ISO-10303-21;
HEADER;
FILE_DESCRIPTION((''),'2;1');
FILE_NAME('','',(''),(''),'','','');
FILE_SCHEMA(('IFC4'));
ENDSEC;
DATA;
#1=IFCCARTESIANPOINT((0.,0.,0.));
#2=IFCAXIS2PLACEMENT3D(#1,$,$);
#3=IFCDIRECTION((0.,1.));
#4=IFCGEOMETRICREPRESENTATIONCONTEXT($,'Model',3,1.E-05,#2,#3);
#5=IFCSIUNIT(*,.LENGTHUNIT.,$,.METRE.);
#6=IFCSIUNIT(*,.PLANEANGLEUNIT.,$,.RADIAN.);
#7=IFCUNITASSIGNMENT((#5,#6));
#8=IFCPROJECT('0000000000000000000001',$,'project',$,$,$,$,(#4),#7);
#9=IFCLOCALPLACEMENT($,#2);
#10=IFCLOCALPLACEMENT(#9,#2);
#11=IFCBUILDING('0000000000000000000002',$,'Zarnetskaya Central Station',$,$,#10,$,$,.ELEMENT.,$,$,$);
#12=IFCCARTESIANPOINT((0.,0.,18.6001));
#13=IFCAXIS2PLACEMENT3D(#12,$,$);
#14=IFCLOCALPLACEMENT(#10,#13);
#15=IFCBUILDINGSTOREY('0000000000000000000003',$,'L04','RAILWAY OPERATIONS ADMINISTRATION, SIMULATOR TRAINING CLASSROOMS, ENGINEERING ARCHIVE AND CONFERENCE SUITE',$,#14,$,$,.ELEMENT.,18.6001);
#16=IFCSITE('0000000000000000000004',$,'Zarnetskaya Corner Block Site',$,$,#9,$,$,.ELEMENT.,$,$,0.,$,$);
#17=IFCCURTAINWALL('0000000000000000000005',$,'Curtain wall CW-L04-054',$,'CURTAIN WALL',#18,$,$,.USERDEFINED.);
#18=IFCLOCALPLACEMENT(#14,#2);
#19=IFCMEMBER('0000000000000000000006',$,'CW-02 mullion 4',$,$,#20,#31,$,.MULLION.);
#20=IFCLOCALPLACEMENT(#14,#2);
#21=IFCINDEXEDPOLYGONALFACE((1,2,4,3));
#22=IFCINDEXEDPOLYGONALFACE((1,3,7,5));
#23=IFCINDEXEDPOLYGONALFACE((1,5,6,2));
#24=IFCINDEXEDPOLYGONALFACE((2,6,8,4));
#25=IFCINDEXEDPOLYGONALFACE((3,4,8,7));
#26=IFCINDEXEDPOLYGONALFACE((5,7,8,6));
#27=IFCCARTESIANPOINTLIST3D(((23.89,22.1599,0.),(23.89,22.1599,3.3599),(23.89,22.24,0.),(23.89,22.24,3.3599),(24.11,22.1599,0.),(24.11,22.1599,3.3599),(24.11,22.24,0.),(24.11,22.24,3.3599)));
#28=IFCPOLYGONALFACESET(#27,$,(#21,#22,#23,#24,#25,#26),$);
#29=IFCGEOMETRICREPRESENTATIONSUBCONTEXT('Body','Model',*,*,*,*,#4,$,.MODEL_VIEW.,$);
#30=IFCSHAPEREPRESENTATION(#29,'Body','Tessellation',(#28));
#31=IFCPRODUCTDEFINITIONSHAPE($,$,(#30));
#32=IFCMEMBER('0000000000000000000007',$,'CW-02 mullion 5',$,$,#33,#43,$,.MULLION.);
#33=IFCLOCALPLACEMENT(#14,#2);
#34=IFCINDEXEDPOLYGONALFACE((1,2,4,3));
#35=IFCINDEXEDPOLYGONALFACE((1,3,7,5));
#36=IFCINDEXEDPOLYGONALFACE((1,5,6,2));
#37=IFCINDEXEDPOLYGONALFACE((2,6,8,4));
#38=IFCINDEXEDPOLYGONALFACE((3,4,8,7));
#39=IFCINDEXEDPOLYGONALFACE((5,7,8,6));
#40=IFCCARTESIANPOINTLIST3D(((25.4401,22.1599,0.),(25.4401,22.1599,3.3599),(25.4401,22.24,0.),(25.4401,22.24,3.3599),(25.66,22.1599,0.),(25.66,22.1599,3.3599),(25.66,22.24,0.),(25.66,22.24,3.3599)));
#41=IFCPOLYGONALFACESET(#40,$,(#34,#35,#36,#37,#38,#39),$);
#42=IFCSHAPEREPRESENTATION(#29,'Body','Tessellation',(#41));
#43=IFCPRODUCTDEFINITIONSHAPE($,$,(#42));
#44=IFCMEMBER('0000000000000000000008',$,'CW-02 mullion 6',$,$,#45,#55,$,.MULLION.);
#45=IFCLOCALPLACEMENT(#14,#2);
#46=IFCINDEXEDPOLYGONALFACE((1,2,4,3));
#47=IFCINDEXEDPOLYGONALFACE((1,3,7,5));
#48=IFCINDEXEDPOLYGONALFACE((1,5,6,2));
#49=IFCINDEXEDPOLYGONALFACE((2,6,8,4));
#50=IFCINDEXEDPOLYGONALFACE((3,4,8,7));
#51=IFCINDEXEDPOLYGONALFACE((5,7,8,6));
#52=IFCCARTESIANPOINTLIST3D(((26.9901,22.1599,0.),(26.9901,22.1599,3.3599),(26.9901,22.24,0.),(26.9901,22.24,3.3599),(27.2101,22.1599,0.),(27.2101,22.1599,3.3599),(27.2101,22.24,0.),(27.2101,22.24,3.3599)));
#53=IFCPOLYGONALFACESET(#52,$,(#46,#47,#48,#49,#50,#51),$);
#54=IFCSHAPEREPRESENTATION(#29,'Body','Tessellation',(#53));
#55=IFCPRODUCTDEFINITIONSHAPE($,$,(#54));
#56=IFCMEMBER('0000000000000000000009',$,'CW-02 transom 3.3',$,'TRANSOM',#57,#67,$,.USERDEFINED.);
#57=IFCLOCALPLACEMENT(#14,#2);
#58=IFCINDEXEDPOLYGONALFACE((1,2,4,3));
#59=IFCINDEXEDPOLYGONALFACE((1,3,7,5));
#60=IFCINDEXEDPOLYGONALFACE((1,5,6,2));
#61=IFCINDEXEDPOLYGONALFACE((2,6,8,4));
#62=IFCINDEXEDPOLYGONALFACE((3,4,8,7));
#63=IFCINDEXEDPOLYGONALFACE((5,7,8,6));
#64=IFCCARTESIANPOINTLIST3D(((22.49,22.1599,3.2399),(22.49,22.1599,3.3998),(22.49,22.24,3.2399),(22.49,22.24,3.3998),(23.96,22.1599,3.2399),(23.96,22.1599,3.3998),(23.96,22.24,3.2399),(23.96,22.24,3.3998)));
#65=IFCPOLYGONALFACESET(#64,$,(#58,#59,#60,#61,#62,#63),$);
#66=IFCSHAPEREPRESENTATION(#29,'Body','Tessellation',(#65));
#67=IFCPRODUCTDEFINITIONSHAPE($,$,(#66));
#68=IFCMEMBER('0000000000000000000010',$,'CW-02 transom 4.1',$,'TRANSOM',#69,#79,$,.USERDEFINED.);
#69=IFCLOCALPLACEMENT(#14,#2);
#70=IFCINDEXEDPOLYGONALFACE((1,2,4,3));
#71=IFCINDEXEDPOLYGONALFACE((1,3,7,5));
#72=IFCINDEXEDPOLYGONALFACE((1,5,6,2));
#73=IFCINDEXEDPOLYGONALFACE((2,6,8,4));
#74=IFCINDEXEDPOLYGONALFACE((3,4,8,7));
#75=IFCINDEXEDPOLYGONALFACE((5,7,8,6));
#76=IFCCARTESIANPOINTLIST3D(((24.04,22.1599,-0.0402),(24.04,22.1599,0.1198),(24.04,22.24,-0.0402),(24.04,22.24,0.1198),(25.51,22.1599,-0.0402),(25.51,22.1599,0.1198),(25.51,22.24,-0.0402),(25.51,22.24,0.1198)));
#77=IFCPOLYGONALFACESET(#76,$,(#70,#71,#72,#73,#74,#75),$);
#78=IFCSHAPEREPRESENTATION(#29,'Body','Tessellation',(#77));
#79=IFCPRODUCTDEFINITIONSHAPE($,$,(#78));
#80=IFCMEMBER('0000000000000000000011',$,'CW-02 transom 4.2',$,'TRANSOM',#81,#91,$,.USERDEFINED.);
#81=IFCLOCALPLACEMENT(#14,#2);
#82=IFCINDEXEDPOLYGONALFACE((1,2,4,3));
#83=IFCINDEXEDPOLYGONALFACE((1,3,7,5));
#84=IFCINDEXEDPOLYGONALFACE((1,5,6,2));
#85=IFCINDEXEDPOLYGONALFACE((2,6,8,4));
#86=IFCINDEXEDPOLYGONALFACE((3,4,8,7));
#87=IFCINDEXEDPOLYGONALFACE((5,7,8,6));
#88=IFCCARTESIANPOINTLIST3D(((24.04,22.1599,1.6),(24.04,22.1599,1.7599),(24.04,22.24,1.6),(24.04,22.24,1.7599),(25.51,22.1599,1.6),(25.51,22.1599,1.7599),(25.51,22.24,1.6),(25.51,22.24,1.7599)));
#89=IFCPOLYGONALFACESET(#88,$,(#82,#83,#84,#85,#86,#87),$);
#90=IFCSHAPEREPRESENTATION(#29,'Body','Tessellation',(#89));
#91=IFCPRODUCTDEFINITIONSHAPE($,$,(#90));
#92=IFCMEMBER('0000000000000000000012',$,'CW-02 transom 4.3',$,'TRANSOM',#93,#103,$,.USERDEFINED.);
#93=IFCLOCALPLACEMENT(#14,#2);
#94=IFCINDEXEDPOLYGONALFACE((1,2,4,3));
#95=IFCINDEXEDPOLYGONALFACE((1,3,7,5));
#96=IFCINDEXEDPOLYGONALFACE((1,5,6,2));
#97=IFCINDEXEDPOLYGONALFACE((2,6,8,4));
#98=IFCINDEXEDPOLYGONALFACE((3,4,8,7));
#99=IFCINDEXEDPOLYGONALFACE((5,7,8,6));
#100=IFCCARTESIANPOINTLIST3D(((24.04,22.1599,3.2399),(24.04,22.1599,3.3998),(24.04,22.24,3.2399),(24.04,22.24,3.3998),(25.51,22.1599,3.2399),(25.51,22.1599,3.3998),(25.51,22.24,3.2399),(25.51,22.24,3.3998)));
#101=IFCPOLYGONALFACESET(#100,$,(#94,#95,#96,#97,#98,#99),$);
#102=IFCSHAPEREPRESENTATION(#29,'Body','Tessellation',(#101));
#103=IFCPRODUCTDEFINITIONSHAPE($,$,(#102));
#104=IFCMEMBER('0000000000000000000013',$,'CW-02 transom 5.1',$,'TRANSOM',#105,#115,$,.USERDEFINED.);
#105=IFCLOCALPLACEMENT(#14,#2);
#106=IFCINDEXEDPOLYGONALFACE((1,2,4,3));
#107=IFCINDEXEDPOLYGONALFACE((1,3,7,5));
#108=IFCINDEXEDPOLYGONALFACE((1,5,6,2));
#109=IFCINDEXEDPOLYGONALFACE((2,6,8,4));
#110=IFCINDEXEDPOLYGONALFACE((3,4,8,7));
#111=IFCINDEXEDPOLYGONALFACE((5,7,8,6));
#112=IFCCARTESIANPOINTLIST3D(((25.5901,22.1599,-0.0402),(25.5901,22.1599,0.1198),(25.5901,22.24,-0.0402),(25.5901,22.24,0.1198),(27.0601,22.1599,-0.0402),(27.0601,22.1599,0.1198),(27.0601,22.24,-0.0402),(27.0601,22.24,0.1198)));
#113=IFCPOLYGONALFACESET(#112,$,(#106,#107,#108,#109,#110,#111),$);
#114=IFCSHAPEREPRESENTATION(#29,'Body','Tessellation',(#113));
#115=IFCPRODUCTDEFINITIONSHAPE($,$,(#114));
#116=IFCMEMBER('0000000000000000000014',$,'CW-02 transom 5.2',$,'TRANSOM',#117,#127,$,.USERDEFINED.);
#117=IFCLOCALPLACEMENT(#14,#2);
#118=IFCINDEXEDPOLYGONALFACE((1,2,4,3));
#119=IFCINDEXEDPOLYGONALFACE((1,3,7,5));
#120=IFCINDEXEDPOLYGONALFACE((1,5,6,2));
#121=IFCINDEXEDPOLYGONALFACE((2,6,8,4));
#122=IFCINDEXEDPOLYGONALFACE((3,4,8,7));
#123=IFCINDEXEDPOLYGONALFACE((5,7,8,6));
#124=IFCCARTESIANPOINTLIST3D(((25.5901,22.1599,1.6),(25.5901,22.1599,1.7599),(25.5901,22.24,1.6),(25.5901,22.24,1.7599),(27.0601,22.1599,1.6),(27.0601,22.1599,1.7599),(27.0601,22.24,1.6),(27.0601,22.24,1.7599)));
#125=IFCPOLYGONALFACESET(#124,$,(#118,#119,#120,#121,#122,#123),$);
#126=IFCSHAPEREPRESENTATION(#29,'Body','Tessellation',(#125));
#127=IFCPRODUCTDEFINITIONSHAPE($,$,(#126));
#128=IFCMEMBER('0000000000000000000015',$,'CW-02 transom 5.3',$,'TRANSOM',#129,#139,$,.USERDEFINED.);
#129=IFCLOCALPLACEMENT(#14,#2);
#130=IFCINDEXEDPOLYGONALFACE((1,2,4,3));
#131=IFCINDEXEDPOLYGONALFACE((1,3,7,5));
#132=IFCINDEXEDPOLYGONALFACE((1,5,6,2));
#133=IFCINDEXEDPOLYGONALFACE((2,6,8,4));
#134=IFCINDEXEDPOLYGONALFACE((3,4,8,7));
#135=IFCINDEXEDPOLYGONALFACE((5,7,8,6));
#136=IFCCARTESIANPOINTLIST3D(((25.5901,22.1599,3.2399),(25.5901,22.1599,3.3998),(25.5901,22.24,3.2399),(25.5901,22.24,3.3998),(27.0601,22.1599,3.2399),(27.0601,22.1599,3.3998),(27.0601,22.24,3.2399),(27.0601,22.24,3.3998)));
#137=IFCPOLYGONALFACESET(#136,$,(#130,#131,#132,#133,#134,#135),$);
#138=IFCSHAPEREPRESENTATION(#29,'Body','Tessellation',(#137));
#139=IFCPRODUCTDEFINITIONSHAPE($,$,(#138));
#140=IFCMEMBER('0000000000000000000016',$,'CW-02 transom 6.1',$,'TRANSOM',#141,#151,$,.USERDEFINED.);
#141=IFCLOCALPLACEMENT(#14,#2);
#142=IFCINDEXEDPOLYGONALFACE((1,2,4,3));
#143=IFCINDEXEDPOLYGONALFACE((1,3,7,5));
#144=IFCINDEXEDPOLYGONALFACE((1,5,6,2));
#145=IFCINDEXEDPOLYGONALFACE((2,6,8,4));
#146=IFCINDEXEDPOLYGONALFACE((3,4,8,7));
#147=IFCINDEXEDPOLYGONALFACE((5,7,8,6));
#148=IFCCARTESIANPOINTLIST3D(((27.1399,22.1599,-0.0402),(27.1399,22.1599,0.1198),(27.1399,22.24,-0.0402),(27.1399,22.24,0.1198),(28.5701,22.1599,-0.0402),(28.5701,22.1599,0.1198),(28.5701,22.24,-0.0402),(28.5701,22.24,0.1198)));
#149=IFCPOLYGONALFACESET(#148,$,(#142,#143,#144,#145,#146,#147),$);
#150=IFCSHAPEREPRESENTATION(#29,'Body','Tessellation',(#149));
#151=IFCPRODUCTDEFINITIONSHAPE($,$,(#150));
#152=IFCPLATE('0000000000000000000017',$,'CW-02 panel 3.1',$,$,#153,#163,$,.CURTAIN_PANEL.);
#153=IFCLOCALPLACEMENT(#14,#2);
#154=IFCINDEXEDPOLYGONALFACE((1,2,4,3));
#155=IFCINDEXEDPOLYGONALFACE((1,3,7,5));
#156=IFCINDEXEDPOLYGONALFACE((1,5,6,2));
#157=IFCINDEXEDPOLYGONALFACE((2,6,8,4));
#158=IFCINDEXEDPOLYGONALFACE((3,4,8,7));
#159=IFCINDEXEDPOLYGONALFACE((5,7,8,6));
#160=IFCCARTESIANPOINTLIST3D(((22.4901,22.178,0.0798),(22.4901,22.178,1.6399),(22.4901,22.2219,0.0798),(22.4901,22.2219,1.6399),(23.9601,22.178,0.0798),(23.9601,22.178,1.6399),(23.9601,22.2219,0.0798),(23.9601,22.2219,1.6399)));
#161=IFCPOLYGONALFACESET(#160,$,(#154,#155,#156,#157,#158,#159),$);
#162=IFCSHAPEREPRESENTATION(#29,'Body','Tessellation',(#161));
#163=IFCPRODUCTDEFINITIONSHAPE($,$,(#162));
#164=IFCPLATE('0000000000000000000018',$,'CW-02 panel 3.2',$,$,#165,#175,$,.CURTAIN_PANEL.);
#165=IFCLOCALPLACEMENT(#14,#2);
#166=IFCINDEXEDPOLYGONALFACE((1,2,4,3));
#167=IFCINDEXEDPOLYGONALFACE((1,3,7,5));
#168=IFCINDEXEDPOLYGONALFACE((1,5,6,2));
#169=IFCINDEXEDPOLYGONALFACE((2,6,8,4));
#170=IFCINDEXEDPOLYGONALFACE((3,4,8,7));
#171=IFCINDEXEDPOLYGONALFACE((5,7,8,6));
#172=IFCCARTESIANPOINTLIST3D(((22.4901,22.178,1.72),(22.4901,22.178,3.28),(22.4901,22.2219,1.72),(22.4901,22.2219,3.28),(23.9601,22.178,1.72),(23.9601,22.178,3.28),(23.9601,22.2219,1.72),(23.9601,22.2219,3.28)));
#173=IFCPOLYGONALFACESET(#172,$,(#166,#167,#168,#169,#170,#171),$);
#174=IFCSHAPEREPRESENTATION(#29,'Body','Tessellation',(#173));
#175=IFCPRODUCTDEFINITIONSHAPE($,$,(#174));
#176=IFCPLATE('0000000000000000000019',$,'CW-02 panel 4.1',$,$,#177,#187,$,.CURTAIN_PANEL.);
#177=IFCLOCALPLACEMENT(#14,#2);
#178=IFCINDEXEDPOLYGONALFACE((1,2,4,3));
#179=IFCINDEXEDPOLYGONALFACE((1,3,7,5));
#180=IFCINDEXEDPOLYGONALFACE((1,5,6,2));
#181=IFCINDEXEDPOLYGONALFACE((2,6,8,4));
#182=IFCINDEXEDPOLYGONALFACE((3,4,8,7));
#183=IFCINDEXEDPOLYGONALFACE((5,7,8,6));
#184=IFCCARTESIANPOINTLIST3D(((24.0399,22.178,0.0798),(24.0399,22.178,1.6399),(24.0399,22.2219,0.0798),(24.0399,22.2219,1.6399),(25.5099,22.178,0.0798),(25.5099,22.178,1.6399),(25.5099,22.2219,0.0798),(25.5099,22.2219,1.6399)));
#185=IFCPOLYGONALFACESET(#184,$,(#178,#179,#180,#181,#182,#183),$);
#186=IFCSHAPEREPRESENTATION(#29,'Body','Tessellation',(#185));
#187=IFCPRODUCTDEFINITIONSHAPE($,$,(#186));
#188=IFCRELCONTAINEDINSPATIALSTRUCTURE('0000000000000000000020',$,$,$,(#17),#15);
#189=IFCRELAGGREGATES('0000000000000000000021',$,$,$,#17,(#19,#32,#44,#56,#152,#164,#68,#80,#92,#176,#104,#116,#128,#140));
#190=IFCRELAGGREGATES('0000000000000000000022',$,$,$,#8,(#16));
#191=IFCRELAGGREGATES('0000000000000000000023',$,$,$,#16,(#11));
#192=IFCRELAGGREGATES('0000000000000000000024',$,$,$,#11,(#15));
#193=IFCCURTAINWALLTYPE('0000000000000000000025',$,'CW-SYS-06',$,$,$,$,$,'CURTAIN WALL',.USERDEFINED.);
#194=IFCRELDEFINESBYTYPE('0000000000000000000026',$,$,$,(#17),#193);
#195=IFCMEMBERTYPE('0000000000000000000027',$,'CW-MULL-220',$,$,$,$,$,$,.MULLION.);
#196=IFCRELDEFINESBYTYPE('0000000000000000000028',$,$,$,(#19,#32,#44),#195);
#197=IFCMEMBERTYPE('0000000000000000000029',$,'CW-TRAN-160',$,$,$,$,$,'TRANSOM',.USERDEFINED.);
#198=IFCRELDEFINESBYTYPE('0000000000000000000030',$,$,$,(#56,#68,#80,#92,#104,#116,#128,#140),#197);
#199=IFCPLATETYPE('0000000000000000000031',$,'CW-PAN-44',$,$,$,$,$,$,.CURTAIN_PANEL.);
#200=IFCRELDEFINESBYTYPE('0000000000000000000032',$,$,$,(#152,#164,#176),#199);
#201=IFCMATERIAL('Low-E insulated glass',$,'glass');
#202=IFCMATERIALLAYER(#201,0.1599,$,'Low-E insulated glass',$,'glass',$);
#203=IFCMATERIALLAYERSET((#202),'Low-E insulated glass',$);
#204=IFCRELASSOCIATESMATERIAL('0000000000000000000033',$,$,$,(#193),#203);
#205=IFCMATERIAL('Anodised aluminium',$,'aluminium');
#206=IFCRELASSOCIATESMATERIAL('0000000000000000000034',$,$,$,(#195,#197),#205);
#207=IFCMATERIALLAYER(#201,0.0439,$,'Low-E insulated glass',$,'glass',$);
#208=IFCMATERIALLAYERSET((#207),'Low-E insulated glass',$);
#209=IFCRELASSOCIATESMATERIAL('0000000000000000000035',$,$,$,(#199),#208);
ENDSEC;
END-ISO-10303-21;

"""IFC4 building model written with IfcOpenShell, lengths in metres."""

from ifc_helpers import new_model, si_unit, direction, frame, origin, origin_2d, place, context, subcontext, project, spatial, rectangle, extrude, material, layer, layer_set, material_profile, profile_set, type_object, element, aggregate, save


model = new_model("IFC4")

# Units and contexts
model_context = context("Model", 3, precision=1e-05, world=origin(), true_north=direction((0.0, 1.0)))
body_context = subcontext(model_context, "Body", "Model", "MODEL_VIEW")
ifc_project = project(units=[si_unit("LENGTHUNIT", "METRE"), si_unit("PLANEANGLEUNIT", "RADIAN")], contexts=[model_context])

# Site, building, storey
site_placement = place(None, origin())
site = spatial("IfcSite", under=ifc_project, at=site_placement, Name="Zarnetskaya Corner Block Site", CompositionType="ELEMENT", RefElevation=0.0)
building_placement = place(site_placement, origin())
building = spatial("IfcBuilding", under=site, at=building_placement, Name="Zarnetskaya Central Station", CompositionType="ELEMENT")
storey_placement = place(building_placement, frame((0.0, 0.0, 18.6001)))
storey = spatial("IfcBuildingStorey", under=building, at=storey_placement, Name="L04", Description="RAILWAY OPERATIONS ADMINISTRATION, SIMULATOR TRAINING CLASSROOMS, ENGINEERING ARCHIVE AND CONFERENCE SUITE", CompositionType="ELEMENT", Elevation=18.6001)

# Curtain wall, members, plates
ifc_material_1 = material(Name="Low-E insulated glass", Category="glass")
ifc_layer_1 = layer(ifc_material_1, 0.1599, Name="Low-E insulated glass", Category="glass")
ifc_layer_set_1 = layer_set([ifc_layer_1], Name="Low-E insulated glass")
curtain_wall_type = type_object("IfcCurtainWallType", Name="CW-SYS-06", ElementType="CURTAIN WALL", PredefinedType="USERDEFINED", material=ifc_layer_set_1)
curtain_wall_placement = place(storey_placement, origin())
curtain_wall = element("IfcCurtainWall", 1, at=curtain_wall_placement, inside=storey, type_object=curtain_wall_type, Name="Curtain wall CW-L04-054", ObjectType="CURTAIN WALL", PredefinedType="USERDEFINED")
ifc_material_2 = material(Name="Anodised aluminium", Category="aluminium")
ifc_material_profile_1 = material_profile(ifc_material_2, rectangle(XDim=0.0801, YDim=0.22, at=origin_2d()), Name="ALU MULL 80x220")
ifc_profile_set_1 = profile_set([ifc_material_profile_1], Name="Anodised aluminium")
member_type_1 = type_object("IfcMemberType", Name="CW-MULL-220", PredefinedType="MULLION", material=ifc_profile_set_1)
member_1_placement = place(storey_placement, frame((24.0, 22.2, 0.0), z_axis=(0.0, 0.0, 1.0), x_axis=(0.0, 1.0, 0.0)))
member_1 = element("IfcMember", 2, at=member_1_placement, type_object=member_type_1, Name="CW-02 mullion 4", PredefinedType="MULLION", context=body_context, shape_type="SweptSolid", body=[
    extrude(rectangle(XDim=0.0801, YDim=0.22, at=origin_2d()), origin(), (0.0, 0.0, 1.0), 3.3599),
])
member_2_placement = place(storey_placement, frame((25.55, 22.2, 0.0), z_axis=(0.0, 0.0, 1.0), x_axis=(0.0, 1.0, 0.0)))
member_2 = element("IfcMember", 3, at=member_2_placement, type_object=member_type_1, Name="CW-02 mullion 5", PredefinedType="MULLION", context=body_context, shape_type="SweptSolid", body=[
    extrude(rectangle(XDim=0.0801, YDim=0.22, at=origin_2d()), origin(), (0.0, 0.0, 1.0), 3.3599),
])
member_3_placement = place(storey_placement, frame((27.1001, 22.2, 0.0), z_axis=(0.0, 0.0, 1.0), x_axis=(0.0, 1.0, 0.0)))
member_3 = element("IfcMember", 4, at=member_3_placement, type_object=member_type_1, Name="CW-02 mullion 6", PredefinedType="MULLION", context=body_context, shape_type="SweptSolid", body=[
    extrude(rectangle(XDim=0.0801, YDim=0.22, at=origin_2d()), origin(), (0.0, 0.0, 1.0), 3.3599),
])
ifc_material_profile_2 = material_profile(ifc_material_2, rectangle(XDim=0.0801, YDim=0.1599, at=origin_2d()), Name="ALU TRAN 80x160")
ifc_profile_set_2 = profile_set([ifc_material_profile_2], Name="Anodised aluminium")
member_type_2 = type_object("IfcMemberType", Name="CW-TRAN-160", ElementType="TRANSOM", PredefinedType="USERDEFINED", material=ifc_profile_set_2)
member_4_placement = place(storey_placement, frame((22.49, 22.2, 3.3198), z_axis=(1.0, 0.0, 0.0), x_axis=(0.0, 1.0, 0.0)))
member_4 = element("IfcMember", 5, at=member_4_placement, type_object=member_type_2, Name="CW-02 transom 3.3", ObjectType="TRANSOM", PredefinedType="USERDEFINED", context=body_context, shape_type="SweptSolid", body=[
    extrude(rectangle(XDim=0.0801, YDim=0.1599, at=origin_2d()), origin(), (0.0, 0.0, 1.0), 1.47),
])
member_5_placement = place(storey_placement, frame((24.04, 22.2, 0.0398), z_axis=(1.0, 0.0, 0.0), x_axis=(0.0, 1.0, 0.0)))
member_5 = element("IfcMember", 6, at=member_5_placement, type_object=member_type_2, Name="CW-02 transom 4.1", ObjectType="TRANSOM", PredefinedType="USERDEFINED", context=body_context, shape_type="SweptSolid", body=[
    extrude(rectangle(XDim=0.0801, YDim=0.1599, at=origin_2d()), origin(), (0.0, 0.0, 1.0), 1.47),
])
member_6_placement = place(storey_placement, frame((24.04, 22.2, 1.6799), z_axis=(1.0, 0.0, 0.0), x_axis=(0.0, 1.0, 0.0)))
member_6 = element("IfcMember", 7, at=member_6_placement, type_object=member_type_2, Name="CW-02 transom 4.2", ObjectType="TRANSOM", PredefinedType="USERDEFINED", context=body_context, shape_type="SweptSolid", body=[
    extrude(rectangle(XDim=0.0801, YDim=0.1599, at=origin_2d()), origin(), (0.0, 0.0, 1.0), 1.47),
])
member_7_placement = place(storey_placement, frame((24.04, 22.2, 3.3198), z_axis=(1.0, 0.0, 0.0), x_axis=(0.0, 1.0, 0.0)))
member_7 = element("IfcMember", 8, at=member_7_placement, type_object=member_type_2, Name="CW-02 transom 4.3", ObjectType="TRANSOM", PredefinedType="USERDEFINED", context=body_context, shape_type="SweptSolid", body=[
    extrude(rectangle(XDim=0.0801, YDim=0.1599, at=origin_2d()), origin(), (0.0, 0.0, 1.0), 1.47),
])
member_8_placement = place(storey_placement, frame((25.5901, 22.2, 0.0398), z_axis=(1.0, 0.0, 0.0), x_axis=(0.0, 1.0, 0.0)))
member_8 = element("IfcMember", 9, at=member_8_placement, type_object=member_type_2, Name="CW-02 transom 5.1", ObjectType="TRANSOM", PredefinedType="USERDEFINED", context=body_context, shape_type="SweptSolid", body=[
    extrude(rectangle(XDim=0.0801, YDim=0.1599, at=origin_2d()), origin(), (0.0, 0.0, 1.0), 1.47),
])
member_9_placement = place(storey_placement, frame((25.5901, 22.2, 1.6799), z_axis=(1.0, 0.0, 0.0), x_axis=(0.0, 1.0, 0.0)))
member_9 = element("IfcMember", 10, at=member_9_placement, type_object=member_type_2, Name="CW-02 transom 5.2", ObjectType="TRANSOM", PredefinedType="USERDEFINED", context=body_context, shape_type="SweptSolid", body=[
    extrude(rectangle(XDim=0.0801, YDim=0.1599, at=origin_2d()), origin(), (0.0, 0.0, 1.0), 1.47),
])
member_10_placement = place(storey_placement, frame((25.5901, 22.2, 3.3198), z_axis=(1.0, 0.0, 0.0), x_axis=(0.0, 1.0, 0.0)))
member_10 = element("IfcMember", 11, at=member_10_placement, type_object=member_type_2, Name="CW-02 transom 5.3", ObjectType="TRANSOM", PredefinedType="USERDEFINED", context=body_context, shape_type="SweptSolid", body=[
    extrude(rectangle(XDim=0.0801, YDim=0.1599, at=origin_2d()), origin(), (0.0, 0.0, 1.0), 1.47),
])
member_11_placement = place(storey_placement, frame((27.1399, 22.2, 0.0398), z_axis=(1.0, 0.0, 0.0), x_axis=(0.0, 1.0, 0.0)))
member_11 = element("IfcMember", 12, at=member_11_placement, type_object=member_type_2, Name="CW-02 transom 6.1", ObjectType="TRANSOM", PredefinedType="USERDEFINED", context=body_context, shape_type="SweptSolid", body=[
    extrude(rectangle(XDim=0.0801, YDim=0.1599, at=origin_2d()), origin(), (0.0, 0.0, 1.0), 1.4302),
])
ifc_layer_2 = layer(ifc_material_1, 0.0439, Name="Low-E insulated glass", Category="glass")
ifc_layer_set_2 = layer_set([ifc_layer_2], Name="Low-E insulated glass")
plate_type = type_object("IfcPlateType", Name="CW-PAN-44", PredefinedType="CURTAIN_PANEL", material=ifc_layer_set_2)
plate_1_placement = place(storey_placement, frame((23.2251, 22.2, 0.0798), z_axis=(0.0, 0.0, 1.0), x_axis=(1.0, 0.0, 0.0)))
plate_1 = element("IfcPlate", 13, at=plate_1_placement, type_object=plate_type, Name="CW-02 panel 3.1", PredefinedType="CURTAIN_PANEL", context=body_context, shape_type="SweptSolid", body=[
    extrude(rectangle(XDim=1.47, YDim=0.0439, at=origin_2d()), origin(), (0.0, 0.0, 1.0), 1.5601),
])
plate_2_placement = place(storey_placement, frame((23.2251, 22.2, 1.72), z_axis=(0.0, 0.0, 1.0), x_axis=(1.0, 0.0, 0.0)))
plate_2 = element("IfcPlate", 14, at=plate_2_placement, type_object=plate_type, Name="CW-02 panel 3.2", PredefinedType="CURTAIN_PANEL", context=body_context, shape_type="SweptSolid", body=[
    extrude(rectangle(XDim=1.47, YDim=0.0439, at=origin_2d()), origin(), (0.0, 0.0, 1.0), 1.5601),
])
plate_3_placement = place(storey_placement, frame((24.7749, 22.2, 0.0798), z_axis=(0.0, 0.0, 1.0), x_axis=(1.0, 0.0, 0.0)))
plate_3 = element("IfcPlate", 15, at=plate_3_placement, type_object=plate_type, Name="CW-02 panel 4.1", PredefinedType="CURTAIN_PANEL", context=body_context, shape_type="SweptSolid", body=[
    extrude(rectangle(XDim=1.47, YDim=0.0439, at=origin_2d()), origin(), (0.0, 0.0, 1.0), 1.5601),
])
aggregate(curtain_wall, [member_1, member_2, member_3, member_4, plate_1, plate_2, member_5, member_6, member_7, plate_3, member_8, member_9, member_10, member_11])

save(model, "model.ifc")
